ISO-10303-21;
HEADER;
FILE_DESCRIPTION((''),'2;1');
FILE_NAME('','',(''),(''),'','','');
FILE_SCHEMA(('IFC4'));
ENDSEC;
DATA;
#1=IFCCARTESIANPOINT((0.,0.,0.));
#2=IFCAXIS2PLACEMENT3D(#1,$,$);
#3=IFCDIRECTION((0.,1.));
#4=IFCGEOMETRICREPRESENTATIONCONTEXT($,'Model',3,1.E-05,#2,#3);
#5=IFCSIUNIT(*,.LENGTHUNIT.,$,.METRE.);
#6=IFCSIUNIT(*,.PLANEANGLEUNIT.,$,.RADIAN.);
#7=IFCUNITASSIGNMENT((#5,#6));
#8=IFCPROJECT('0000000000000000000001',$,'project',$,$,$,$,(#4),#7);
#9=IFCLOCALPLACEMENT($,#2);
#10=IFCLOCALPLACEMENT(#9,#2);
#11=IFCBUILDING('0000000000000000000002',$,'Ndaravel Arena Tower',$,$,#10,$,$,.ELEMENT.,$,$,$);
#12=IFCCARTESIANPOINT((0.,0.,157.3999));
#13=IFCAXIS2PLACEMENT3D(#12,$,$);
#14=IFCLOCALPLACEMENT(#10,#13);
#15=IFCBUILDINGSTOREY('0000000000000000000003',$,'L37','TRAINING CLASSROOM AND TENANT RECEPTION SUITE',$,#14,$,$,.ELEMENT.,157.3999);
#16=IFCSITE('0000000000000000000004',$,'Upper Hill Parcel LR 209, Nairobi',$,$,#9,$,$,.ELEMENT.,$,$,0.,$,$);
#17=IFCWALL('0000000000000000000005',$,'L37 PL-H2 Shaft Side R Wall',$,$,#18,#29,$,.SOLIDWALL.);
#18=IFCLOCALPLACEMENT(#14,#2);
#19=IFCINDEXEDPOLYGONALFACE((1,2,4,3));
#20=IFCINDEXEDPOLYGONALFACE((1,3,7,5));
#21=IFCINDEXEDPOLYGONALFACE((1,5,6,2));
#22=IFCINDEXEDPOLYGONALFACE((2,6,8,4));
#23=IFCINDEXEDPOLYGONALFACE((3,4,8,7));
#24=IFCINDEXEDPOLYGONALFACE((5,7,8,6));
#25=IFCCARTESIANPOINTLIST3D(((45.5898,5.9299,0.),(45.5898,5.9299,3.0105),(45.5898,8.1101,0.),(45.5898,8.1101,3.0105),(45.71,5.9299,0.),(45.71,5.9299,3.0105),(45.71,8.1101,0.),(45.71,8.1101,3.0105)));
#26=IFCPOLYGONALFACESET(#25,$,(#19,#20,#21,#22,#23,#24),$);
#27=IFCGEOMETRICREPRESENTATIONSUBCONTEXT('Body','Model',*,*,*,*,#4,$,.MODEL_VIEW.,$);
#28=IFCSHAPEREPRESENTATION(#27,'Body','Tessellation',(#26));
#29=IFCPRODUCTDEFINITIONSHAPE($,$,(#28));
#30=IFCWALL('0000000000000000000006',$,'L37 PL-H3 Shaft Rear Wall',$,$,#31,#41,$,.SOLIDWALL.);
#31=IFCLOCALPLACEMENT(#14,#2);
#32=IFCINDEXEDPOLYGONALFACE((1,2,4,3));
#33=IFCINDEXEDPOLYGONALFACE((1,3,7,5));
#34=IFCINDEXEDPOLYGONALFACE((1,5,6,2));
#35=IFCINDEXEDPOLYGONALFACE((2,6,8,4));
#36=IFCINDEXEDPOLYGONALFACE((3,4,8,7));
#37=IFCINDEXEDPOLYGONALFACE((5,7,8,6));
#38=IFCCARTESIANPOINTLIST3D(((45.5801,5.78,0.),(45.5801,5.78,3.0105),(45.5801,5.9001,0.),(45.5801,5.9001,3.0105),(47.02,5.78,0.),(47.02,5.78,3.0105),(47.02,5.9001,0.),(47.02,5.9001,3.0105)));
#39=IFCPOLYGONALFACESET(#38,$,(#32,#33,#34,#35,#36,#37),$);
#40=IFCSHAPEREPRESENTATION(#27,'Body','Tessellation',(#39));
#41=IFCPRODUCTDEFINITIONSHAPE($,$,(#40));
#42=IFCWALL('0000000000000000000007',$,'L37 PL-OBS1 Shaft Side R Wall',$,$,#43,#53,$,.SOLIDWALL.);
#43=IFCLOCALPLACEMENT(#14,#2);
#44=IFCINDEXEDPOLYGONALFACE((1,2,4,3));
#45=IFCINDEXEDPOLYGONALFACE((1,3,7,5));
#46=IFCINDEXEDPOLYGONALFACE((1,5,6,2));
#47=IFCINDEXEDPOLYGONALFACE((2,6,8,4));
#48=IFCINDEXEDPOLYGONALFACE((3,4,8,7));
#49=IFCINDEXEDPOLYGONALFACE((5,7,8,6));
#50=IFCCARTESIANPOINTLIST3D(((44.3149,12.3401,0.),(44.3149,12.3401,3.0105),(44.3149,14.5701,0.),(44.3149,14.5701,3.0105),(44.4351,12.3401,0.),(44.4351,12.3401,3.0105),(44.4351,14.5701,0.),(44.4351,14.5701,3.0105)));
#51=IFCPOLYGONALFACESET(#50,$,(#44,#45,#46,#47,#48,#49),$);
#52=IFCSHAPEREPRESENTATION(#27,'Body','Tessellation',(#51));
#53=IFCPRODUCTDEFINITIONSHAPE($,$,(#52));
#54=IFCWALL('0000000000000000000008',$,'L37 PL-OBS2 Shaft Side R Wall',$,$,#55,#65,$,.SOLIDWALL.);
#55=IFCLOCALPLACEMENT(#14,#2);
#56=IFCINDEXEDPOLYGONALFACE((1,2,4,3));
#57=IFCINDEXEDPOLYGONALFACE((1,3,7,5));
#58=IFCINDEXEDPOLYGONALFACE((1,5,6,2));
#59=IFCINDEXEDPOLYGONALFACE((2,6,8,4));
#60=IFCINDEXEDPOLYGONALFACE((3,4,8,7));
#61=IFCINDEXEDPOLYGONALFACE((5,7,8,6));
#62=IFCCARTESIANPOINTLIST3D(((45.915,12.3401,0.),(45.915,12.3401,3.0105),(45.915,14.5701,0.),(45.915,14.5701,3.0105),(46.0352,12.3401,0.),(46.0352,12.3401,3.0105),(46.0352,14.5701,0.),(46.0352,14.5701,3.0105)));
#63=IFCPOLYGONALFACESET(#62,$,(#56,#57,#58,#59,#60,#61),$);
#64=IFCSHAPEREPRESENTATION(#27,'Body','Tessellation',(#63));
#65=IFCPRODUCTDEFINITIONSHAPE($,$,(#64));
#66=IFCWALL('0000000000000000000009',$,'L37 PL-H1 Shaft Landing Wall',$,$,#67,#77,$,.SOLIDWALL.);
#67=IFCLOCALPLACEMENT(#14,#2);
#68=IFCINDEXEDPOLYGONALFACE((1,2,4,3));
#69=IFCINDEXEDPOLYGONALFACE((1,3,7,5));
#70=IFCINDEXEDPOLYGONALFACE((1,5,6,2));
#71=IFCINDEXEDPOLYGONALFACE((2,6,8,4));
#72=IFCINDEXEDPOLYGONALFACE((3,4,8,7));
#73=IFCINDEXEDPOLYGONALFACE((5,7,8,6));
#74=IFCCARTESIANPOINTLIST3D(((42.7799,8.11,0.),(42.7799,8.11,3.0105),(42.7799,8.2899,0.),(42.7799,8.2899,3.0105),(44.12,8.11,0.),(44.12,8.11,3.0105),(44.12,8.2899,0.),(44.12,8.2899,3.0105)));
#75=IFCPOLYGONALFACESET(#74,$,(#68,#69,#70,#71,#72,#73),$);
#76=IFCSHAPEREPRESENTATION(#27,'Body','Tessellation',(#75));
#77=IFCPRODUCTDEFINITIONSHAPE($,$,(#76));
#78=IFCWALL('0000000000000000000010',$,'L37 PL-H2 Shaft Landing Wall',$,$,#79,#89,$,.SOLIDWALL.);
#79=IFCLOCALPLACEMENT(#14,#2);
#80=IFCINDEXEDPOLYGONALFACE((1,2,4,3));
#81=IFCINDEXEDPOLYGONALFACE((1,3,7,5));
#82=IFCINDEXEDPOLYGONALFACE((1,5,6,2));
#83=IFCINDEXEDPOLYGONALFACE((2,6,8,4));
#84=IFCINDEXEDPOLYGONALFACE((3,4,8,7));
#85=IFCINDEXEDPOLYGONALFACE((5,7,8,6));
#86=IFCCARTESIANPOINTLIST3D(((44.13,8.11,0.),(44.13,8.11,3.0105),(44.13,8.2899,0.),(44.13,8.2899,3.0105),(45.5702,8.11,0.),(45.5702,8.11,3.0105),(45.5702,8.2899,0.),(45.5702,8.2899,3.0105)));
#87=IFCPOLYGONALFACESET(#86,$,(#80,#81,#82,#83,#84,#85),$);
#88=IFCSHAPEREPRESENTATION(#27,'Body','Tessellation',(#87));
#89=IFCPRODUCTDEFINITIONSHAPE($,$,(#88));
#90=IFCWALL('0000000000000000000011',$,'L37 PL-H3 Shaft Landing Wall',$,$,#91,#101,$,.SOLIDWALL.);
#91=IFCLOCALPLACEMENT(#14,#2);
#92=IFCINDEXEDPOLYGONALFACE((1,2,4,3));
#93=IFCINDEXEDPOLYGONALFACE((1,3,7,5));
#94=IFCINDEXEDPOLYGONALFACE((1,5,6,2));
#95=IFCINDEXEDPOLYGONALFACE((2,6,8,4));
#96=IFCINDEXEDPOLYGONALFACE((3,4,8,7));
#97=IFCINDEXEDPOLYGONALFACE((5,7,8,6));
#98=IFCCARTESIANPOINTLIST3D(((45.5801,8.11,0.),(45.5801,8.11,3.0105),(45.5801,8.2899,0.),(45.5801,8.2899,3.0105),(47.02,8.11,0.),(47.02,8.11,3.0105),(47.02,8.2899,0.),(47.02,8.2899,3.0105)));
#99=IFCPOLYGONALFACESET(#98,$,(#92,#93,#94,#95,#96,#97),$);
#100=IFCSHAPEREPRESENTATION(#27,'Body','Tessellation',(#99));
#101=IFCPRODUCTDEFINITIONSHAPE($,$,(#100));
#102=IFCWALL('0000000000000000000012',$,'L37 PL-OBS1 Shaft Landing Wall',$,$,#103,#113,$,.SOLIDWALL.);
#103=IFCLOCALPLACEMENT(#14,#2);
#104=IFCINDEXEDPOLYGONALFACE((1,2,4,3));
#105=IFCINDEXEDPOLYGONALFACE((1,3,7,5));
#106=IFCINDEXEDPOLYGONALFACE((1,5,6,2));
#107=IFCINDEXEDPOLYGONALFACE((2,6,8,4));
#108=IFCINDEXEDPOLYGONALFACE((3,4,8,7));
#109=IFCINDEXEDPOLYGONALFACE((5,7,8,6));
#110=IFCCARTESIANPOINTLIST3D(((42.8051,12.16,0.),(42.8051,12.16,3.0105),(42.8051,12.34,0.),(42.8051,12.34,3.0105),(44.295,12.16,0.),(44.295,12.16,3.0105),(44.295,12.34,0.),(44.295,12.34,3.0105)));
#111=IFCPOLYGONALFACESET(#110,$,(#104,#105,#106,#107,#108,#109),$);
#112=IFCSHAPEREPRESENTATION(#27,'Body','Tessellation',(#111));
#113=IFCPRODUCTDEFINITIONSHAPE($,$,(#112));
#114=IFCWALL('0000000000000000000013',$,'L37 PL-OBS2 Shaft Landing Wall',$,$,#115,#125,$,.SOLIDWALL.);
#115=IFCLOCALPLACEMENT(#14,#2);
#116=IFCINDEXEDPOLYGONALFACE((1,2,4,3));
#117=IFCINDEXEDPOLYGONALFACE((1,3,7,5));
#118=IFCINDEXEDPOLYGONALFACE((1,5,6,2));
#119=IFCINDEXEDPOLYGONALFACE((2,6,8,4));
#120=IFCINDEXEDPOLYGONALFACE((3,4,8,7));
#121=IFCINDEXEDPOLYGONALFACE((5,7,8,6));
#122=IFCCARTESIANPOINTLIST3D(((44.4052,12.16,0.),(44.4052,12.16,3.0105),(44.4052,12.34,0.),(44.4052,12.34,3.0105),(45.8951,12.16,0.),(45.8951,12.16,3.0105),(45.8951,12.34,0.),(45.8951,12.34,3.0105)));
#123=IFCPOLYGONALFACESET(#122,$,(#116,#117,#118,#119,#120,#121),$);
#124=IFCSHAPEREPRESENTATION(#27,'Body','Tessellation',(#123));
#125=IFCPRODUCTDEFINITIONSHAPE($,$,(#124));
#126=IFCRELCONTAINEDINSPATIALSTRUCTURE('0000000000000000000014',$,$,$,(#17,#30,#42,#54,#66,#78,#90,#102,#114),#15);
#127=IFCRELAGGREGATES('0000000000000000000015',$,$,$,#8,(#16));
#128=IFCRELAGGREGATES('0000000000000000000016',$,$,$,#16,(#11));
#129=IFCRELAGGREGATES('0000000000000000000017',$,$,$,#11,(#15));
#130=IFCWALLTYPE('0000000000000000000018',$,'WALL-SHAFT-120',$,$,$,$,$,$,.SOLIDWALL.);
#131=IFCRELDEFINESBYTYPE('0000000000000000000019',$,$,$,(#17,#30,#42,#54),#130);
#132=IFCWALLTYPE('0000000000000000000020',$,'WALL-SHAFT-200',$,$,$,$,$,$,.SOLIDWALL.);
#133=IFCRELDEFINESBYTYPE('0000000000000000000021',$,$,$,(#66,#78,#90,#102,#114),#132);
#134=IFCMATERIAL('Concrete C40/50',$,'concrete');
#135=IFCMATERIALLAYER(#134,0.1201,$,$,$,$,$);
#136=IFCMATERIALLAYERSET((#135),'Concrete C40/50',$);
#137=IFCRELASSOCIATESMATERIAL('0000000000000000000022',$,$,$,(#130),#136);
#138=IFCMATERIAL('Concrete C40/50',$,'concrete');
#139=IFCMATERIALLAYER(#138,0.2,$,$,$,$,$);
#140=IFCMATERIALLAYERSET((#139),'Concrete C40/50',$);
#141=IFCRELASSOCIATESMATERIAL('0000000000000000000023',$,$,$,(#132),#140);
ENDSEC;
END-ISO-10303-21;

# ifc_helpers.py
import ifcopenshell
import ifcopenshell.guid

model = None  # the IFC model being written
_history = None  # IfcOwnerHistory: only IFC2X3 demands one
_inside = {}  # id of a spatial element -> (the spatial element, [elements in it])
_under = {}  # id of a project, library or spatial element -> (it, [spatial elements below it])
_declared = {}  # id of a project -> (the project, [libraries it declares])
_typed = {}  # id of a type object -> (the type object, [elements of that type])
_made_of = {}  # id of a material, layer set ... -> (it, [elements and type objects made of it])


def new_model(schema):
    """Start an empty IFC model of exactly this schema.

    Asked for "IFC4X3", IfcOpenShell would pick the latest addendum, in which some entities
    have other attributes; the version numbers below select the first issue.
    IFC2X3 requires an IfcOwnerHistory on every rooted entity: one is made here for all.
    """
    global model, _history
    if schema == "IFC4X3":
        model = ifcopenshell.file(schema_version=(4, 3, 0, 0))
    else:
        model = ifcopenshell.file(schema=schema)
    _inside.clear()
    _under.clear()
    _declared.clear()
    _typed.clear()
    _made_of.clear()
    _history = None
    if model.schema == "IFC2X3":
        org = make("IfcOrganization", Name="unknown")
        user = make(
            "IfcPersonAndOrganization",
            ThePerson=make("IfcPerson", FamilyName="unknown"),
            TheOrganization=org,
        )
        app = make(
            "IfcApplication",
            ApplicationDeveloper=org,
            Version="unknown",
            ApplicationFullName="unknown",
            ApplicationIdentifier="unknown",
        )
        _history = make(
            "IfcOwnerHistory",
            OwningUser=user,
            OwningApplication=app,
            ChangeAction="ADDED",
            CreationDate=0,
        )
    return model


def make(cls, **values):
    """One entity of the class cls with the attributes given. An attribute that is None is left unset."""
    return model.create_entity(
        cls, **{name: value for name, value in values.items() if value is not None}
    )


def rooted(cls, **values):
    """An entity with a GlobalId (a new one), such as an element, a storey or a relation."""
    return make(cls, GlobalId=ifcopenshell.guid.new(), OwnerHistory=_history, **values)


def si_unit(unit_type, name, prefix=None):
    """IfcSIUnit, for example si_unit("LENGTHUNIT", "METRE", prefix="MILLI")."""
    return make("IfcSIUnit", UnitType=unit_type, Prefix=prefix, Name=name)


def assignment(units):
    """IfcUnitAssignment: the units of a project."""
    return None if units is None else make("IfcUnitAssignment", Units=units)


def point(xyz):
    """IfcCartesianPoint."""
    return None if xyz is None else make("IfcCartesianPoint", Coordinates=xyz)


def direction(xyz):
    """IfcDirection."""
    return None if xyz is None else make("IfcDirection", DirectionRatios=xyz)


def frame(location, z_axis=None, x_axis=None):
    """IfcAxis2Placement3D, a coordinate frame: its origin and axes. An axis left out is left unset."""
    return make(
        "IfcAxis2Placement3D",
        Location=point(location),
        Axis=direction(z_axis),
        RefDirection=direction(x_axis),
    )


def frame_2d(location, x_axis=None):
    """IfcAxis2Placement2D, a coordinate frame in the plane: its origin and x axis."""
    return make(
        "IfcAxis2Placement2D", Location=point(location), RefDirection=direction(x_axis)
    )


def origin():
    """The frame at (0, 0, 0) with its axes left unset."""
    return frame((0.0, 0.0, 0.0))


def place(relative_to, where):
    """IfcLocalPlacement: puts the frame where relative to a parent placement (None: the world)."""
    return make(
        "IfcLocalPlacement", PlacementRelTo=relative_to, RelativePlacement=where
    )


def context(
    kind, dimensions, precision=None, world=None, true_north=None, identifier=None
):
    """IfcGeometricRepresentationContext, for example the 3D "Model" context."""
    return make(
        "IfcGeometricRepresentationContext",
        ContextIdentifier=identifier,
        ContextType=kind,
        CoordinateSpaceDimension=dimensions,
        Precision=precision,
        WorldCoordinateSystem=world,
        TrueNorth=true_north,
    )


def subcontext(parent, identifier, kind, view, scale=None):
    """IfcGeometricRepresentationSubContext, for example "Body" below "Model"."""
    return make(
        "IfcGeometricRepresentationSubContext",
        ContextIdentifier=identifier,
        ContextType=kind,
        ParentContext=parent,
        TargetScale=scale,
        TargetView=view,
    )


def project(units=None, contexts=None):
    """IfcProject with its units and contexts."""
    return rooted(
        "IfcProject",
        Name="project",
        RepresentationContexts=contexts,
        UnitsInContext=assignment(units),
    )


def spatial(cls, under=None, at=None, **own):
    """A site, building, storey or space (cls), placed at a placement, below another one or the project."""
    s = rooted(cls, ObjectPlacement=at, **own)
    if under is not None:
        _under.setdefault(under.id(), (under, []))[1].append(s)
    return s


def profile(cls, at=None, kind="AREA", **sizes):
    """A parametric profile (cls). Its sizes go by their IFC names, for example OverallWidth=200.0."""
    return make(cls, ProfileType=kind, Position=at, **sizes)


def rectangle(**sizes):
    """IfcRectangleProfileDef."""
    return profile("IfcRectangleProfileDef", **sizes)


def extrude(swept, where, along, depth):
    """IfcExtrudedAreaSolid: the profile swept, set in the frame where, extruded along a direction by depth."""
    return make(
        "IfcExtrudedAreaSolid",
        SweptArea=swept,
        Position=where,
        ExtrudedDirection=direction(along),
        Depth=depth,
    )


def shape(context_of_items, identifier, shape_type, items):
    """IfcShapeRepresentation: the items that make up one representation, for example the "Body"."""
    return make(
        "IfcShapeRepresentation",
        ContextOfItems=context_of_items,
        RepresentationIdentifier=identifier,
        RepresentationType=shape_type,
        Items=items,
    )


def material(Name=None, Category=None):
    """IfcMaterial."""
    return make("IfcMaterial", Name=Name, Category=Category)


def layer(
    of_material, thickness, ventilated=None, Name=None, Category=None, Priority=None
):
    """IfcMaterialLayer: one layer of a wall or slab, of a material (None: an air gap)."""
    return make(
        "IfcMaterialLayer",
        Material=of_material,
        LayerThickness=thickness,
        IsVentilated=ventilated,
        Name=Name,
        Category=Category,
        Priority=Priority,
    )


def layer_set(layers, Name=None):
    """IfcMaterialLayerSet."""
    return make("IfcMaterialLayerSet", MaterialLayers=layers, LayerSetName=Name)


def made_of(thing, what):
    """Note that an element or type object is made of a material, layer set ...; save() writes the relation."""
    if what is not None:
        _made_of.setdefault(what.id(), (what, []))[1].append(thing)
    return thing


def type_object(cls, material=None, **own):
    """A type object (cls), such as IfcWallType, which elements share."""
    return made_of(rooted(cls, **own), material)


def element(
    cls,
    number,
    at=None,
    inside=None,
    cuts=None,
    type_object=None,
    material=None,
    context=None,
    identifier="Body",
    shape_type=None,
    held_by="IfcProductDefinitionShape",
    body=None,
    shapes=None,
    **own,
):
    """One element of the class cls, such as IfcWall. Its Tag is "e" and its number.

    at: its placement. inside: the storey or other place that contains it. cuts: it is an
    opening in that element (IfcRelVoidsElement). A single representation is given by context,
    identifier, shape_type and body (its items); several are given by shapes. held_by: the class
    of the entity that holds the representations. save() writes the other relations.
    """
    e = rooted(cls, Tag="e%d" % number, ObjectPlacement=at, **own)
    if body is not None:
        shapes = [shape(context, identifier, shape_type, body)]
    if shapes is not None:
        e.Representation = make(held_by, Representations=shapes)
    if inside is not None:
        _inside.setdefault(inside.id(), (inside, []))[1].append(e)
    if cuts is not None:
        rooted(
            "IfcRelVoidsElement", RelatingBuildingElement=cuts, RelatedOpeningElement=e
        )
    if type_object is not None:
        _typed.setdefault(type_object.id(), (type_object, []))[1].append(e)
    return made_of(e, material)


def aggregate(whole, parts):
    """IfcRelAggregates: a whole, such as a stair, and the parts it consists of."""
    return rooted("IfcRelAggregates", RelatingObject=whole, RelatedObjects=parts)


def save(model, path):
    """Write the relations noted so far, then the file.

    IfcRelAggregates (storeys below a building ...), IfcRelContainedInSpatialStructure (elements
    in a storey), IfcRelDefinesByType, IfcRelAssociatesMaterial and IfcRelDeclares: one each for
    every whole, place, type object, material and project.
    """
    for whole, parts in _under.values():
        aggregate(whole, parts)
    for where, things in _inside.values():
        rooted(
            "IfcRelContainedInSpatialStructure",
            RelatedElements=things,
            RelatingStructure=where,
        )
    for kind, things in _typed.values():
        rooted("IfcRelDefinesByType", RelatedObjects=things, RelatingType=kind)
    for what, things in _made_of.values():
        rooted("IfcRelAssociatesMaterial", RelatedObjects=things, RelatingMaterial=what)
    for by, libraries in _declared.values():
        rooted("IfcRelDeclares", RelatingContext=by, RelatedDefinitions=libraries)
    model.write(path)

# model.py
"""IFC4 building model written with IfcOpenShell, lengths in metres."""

from ifc_helpers import new_model, si_unit, direction, frame, frame_2d, origin, place, context, subcontext, project, spatial, rectangle, extrude, material, layer, layer_set, type_object, element, save


model = new_model("IFC4")

# Units and contexts
model_context = context("Model", 3, precision=1e-05, world=origin(), true_north=direction((0.0, 1.0)))
body_context = subcontext(model_context, "Body", "Model", "MODEL_VIEW")
ifc_project = project(units=[si_unit("LENGTHUNIT", "METRE"), si_unit("PLANEANGLEUNIT", "RADIAN")], contexts=[model_context])

# Site, building, storey
site_placement = place(None, origin())
site = spatial("IfcSite", under=ifc_project, at=site_placement, Name="Upper Hill Parcel LR 209, Nairobi", CompositionType="ELEMENT", RefElevation=0.0)
building_placement = place(site_placement, origin())
building = spatial("IfcBuilding", under=site, at=building_placement, Name="Ndaravel Arena Tower", CompositionType="ELEMENT")
storey_placement = place(building_placement, frame((0.0, 0.0, 157.3999)))
storey = spatial("IfcBuildingStorey", under=building, at=storey_placement, Name="L37", Description="TRAINING CLASSROOM AND TENANT RECEPTION SUITE", CompositionType="ELEMENT", Elevation=157.3999)

# Walls
ifc_material_1 = material(Name="Concrete C40/50", Category="concrete")
ifc_layer_1 = layer(ifc_material_1, 0.1201)
ifc_layer_set_1 = layer_set([ifc_layer_1], Name="Concrete C40/50")
wall_type_1 = type_object("IfcWallType", Name="WALL-SHAFT-120", PredefinedType="SOLIDWALL", material=ifc_layer_set_1)
wall_1_placement = place(storey_placement, frame((45.6499, 5.9299, 0.0), z_axis=(0.0, 0.0, 1.0), x_axis=(0.0, 1.0, 0.0)))
element("IfcWall", 1, at=wall_1_placement, inside=storey, type_object=wall_type_1, Name="L37 PL-H2 Shaft Side R Wall", PredefinedType="SOLIDWALL", context=body_context, shape_type="SweptSolid", body=[
    extrude(rectangle(XDim=2.1802, YDim=0.1201, at=frame_2d((1.0901, 0.0))), origin(), (0.0, 0.0, 1.0), 3.0105),
])
wall_2_placement = place(storey_placement, frame((45.5801, 5.8401, 0.0), z_axis=(0.0, 0.0, 1.0), x_axis=(1.0, 0.0, 0.0)))
element("IfcWall", 2, at=wall_2_placement, inside=storey, type_object=wall_type_1, Name="L37 PL-H3 Shaft Rear Wall", PredefinedType="SOLIDWALL", context=body_context, shape_type="SweptSolid", body=[
    extrude(rectangle(XDim=1.4399, YDim=0.1201, at=frame_2d((0.72, 0.0))), origin(), (0.0, 0.0, 1.0), 3.0105),
])
for number, where, z_axis, x_axis, name in (
    (3, (44.375, 12.3401, 0.0), (0.0, 0.0, 1.0), (0.0, 1.0, 0.0), "L37 PL-OBS1 Shaft Side R Wall"),
    (4, (45.9751, 12.3401, 0.0), (0.0, 0.0, 1.0), (0.0, 1.0, 0.0), "L37 PL-OBS2 Shaft Side R Wall"),
):
    element("IfcWall", number, at=place(storey_placement, frame(where, z_axis=z_axis, x_axis=x_axis)), inside=storey, type_object=wall_type_1, Name=name, PredefinedType="SOLIDWALL", context=body_context, shape_type="SweptSolid", body=[
        extrude(rectangle(XDim=2.23, YDim=0.1201, at=frame_2d((1.115, 0.0))), origin(), (0.0, 0.0, 1.0), 3.0105),
    ])
ifc_material_2 = material(Name="Concrete C40/50", Category="concrete")
ifc_layer_2 = layer(ifc_material_2, 0.2)
ifc_layer_set_2 = layer_set([ifc_layer_2], Name="Concrete C40/50")
wall_type_2 = type_object("IfcWallType", Name="WALL-SHAFT-200", PredefinedType="SOLIDWALL", material=ifc_layer_set_2)
wall_3_placement = place(storey_placement, frame((42.78, 8.2, 0.0), z_axis=(0.0, 0.0, 1.0), x_axis=(1.0, 0.0, 0.0)))
element("IfcWall", 5, at=wall_3_placement, inside=storey, type_object=wall_type_2, Name="L37 PL-H1 Shaft Landing Wall", PredefinedType="SOLIDWALL", context=body_context, shape_type="SweptSolid", body=[
    extrude(rectangle(XDim=1.3401, YDim=0.1799, at=frame_2d((0.6699, 0.0))), origin(), (0.0, 0.0, 1.0), 3.0105),
])
wall_4_placement = place(storey_placement, frame((44.1299, 8.2, 0.0), z_axis=(0.0, 0.0, 1.0), x_axis=(1.0, 0.0, 0.0)))
element("IfcWall", 6, at=wall_4_placement, inside=storey, type_object=wall_type_2, Name="L37 PL-H2 Shaft Landing Wall", PredefinedType="SOLIDWALL", context=body_context, shape_type="SweptSolid", body=[
    extrude(rectangle(XDim=1.4402, YDim=0.1799, at=frame_2d((0.7202, 0.0))), origin(), (0.0, 0.0, 1.0), 3.0105),
])
wall_5_placement = place(storey_placement, frame((45.5801, 8.2, 0.0), z_axis=(0.0, 0.0, 1.0), x_axis=(1.0, 0.0, 0.0)))
element("IfcWall", 7, at=wall_5_placement, inside=storey, type_object=wall_type_2, Name="L37 PL-H3 Shaft Landing Wall", PredefinedType="SOLIDWALL", context=body_context, shape_type="SweptSolid", body=[
    extrude(rectangle(XDim=1.4399, YDim=0.1799, at=frame_2d((0.72, 0.0))), origin(), (0.0, 0.0, 1.0), 3.0105),
])
for number, where, z_axis, x_axis, name in (
    (8, (42.8049, 12.25, 0.0), (0.0, 0.0, 1.0), (1.0, 0.0, 0.0), "L37 PL-OBS1 Shaft Landing Wall"),
    (9, (44.405, 12.25, 0.0), (0.0, 0.0, 1.0), (1.0, 0.0, 0.0), "L37 PL-OBS2 Shaft Landing Wall"),
):
    element("IfcWall", number, at=place(storey_placement, frame(where, z_axis=z_axis, x_axis=x_axis)), inside=storey, type_object=wall_type_2, Name=name, PredefinedType="SOLIDWALL", context=body_context, shape_type="SweptSolid", body=[
        extrude(rectangle(XDim=1.49, YDim=0.1799, at=frame_2d((0.7451, 0.0))), origin(), (0.0, 0.0, 1.0), 3.0105),
    ])

save(model, "model.ifc")
